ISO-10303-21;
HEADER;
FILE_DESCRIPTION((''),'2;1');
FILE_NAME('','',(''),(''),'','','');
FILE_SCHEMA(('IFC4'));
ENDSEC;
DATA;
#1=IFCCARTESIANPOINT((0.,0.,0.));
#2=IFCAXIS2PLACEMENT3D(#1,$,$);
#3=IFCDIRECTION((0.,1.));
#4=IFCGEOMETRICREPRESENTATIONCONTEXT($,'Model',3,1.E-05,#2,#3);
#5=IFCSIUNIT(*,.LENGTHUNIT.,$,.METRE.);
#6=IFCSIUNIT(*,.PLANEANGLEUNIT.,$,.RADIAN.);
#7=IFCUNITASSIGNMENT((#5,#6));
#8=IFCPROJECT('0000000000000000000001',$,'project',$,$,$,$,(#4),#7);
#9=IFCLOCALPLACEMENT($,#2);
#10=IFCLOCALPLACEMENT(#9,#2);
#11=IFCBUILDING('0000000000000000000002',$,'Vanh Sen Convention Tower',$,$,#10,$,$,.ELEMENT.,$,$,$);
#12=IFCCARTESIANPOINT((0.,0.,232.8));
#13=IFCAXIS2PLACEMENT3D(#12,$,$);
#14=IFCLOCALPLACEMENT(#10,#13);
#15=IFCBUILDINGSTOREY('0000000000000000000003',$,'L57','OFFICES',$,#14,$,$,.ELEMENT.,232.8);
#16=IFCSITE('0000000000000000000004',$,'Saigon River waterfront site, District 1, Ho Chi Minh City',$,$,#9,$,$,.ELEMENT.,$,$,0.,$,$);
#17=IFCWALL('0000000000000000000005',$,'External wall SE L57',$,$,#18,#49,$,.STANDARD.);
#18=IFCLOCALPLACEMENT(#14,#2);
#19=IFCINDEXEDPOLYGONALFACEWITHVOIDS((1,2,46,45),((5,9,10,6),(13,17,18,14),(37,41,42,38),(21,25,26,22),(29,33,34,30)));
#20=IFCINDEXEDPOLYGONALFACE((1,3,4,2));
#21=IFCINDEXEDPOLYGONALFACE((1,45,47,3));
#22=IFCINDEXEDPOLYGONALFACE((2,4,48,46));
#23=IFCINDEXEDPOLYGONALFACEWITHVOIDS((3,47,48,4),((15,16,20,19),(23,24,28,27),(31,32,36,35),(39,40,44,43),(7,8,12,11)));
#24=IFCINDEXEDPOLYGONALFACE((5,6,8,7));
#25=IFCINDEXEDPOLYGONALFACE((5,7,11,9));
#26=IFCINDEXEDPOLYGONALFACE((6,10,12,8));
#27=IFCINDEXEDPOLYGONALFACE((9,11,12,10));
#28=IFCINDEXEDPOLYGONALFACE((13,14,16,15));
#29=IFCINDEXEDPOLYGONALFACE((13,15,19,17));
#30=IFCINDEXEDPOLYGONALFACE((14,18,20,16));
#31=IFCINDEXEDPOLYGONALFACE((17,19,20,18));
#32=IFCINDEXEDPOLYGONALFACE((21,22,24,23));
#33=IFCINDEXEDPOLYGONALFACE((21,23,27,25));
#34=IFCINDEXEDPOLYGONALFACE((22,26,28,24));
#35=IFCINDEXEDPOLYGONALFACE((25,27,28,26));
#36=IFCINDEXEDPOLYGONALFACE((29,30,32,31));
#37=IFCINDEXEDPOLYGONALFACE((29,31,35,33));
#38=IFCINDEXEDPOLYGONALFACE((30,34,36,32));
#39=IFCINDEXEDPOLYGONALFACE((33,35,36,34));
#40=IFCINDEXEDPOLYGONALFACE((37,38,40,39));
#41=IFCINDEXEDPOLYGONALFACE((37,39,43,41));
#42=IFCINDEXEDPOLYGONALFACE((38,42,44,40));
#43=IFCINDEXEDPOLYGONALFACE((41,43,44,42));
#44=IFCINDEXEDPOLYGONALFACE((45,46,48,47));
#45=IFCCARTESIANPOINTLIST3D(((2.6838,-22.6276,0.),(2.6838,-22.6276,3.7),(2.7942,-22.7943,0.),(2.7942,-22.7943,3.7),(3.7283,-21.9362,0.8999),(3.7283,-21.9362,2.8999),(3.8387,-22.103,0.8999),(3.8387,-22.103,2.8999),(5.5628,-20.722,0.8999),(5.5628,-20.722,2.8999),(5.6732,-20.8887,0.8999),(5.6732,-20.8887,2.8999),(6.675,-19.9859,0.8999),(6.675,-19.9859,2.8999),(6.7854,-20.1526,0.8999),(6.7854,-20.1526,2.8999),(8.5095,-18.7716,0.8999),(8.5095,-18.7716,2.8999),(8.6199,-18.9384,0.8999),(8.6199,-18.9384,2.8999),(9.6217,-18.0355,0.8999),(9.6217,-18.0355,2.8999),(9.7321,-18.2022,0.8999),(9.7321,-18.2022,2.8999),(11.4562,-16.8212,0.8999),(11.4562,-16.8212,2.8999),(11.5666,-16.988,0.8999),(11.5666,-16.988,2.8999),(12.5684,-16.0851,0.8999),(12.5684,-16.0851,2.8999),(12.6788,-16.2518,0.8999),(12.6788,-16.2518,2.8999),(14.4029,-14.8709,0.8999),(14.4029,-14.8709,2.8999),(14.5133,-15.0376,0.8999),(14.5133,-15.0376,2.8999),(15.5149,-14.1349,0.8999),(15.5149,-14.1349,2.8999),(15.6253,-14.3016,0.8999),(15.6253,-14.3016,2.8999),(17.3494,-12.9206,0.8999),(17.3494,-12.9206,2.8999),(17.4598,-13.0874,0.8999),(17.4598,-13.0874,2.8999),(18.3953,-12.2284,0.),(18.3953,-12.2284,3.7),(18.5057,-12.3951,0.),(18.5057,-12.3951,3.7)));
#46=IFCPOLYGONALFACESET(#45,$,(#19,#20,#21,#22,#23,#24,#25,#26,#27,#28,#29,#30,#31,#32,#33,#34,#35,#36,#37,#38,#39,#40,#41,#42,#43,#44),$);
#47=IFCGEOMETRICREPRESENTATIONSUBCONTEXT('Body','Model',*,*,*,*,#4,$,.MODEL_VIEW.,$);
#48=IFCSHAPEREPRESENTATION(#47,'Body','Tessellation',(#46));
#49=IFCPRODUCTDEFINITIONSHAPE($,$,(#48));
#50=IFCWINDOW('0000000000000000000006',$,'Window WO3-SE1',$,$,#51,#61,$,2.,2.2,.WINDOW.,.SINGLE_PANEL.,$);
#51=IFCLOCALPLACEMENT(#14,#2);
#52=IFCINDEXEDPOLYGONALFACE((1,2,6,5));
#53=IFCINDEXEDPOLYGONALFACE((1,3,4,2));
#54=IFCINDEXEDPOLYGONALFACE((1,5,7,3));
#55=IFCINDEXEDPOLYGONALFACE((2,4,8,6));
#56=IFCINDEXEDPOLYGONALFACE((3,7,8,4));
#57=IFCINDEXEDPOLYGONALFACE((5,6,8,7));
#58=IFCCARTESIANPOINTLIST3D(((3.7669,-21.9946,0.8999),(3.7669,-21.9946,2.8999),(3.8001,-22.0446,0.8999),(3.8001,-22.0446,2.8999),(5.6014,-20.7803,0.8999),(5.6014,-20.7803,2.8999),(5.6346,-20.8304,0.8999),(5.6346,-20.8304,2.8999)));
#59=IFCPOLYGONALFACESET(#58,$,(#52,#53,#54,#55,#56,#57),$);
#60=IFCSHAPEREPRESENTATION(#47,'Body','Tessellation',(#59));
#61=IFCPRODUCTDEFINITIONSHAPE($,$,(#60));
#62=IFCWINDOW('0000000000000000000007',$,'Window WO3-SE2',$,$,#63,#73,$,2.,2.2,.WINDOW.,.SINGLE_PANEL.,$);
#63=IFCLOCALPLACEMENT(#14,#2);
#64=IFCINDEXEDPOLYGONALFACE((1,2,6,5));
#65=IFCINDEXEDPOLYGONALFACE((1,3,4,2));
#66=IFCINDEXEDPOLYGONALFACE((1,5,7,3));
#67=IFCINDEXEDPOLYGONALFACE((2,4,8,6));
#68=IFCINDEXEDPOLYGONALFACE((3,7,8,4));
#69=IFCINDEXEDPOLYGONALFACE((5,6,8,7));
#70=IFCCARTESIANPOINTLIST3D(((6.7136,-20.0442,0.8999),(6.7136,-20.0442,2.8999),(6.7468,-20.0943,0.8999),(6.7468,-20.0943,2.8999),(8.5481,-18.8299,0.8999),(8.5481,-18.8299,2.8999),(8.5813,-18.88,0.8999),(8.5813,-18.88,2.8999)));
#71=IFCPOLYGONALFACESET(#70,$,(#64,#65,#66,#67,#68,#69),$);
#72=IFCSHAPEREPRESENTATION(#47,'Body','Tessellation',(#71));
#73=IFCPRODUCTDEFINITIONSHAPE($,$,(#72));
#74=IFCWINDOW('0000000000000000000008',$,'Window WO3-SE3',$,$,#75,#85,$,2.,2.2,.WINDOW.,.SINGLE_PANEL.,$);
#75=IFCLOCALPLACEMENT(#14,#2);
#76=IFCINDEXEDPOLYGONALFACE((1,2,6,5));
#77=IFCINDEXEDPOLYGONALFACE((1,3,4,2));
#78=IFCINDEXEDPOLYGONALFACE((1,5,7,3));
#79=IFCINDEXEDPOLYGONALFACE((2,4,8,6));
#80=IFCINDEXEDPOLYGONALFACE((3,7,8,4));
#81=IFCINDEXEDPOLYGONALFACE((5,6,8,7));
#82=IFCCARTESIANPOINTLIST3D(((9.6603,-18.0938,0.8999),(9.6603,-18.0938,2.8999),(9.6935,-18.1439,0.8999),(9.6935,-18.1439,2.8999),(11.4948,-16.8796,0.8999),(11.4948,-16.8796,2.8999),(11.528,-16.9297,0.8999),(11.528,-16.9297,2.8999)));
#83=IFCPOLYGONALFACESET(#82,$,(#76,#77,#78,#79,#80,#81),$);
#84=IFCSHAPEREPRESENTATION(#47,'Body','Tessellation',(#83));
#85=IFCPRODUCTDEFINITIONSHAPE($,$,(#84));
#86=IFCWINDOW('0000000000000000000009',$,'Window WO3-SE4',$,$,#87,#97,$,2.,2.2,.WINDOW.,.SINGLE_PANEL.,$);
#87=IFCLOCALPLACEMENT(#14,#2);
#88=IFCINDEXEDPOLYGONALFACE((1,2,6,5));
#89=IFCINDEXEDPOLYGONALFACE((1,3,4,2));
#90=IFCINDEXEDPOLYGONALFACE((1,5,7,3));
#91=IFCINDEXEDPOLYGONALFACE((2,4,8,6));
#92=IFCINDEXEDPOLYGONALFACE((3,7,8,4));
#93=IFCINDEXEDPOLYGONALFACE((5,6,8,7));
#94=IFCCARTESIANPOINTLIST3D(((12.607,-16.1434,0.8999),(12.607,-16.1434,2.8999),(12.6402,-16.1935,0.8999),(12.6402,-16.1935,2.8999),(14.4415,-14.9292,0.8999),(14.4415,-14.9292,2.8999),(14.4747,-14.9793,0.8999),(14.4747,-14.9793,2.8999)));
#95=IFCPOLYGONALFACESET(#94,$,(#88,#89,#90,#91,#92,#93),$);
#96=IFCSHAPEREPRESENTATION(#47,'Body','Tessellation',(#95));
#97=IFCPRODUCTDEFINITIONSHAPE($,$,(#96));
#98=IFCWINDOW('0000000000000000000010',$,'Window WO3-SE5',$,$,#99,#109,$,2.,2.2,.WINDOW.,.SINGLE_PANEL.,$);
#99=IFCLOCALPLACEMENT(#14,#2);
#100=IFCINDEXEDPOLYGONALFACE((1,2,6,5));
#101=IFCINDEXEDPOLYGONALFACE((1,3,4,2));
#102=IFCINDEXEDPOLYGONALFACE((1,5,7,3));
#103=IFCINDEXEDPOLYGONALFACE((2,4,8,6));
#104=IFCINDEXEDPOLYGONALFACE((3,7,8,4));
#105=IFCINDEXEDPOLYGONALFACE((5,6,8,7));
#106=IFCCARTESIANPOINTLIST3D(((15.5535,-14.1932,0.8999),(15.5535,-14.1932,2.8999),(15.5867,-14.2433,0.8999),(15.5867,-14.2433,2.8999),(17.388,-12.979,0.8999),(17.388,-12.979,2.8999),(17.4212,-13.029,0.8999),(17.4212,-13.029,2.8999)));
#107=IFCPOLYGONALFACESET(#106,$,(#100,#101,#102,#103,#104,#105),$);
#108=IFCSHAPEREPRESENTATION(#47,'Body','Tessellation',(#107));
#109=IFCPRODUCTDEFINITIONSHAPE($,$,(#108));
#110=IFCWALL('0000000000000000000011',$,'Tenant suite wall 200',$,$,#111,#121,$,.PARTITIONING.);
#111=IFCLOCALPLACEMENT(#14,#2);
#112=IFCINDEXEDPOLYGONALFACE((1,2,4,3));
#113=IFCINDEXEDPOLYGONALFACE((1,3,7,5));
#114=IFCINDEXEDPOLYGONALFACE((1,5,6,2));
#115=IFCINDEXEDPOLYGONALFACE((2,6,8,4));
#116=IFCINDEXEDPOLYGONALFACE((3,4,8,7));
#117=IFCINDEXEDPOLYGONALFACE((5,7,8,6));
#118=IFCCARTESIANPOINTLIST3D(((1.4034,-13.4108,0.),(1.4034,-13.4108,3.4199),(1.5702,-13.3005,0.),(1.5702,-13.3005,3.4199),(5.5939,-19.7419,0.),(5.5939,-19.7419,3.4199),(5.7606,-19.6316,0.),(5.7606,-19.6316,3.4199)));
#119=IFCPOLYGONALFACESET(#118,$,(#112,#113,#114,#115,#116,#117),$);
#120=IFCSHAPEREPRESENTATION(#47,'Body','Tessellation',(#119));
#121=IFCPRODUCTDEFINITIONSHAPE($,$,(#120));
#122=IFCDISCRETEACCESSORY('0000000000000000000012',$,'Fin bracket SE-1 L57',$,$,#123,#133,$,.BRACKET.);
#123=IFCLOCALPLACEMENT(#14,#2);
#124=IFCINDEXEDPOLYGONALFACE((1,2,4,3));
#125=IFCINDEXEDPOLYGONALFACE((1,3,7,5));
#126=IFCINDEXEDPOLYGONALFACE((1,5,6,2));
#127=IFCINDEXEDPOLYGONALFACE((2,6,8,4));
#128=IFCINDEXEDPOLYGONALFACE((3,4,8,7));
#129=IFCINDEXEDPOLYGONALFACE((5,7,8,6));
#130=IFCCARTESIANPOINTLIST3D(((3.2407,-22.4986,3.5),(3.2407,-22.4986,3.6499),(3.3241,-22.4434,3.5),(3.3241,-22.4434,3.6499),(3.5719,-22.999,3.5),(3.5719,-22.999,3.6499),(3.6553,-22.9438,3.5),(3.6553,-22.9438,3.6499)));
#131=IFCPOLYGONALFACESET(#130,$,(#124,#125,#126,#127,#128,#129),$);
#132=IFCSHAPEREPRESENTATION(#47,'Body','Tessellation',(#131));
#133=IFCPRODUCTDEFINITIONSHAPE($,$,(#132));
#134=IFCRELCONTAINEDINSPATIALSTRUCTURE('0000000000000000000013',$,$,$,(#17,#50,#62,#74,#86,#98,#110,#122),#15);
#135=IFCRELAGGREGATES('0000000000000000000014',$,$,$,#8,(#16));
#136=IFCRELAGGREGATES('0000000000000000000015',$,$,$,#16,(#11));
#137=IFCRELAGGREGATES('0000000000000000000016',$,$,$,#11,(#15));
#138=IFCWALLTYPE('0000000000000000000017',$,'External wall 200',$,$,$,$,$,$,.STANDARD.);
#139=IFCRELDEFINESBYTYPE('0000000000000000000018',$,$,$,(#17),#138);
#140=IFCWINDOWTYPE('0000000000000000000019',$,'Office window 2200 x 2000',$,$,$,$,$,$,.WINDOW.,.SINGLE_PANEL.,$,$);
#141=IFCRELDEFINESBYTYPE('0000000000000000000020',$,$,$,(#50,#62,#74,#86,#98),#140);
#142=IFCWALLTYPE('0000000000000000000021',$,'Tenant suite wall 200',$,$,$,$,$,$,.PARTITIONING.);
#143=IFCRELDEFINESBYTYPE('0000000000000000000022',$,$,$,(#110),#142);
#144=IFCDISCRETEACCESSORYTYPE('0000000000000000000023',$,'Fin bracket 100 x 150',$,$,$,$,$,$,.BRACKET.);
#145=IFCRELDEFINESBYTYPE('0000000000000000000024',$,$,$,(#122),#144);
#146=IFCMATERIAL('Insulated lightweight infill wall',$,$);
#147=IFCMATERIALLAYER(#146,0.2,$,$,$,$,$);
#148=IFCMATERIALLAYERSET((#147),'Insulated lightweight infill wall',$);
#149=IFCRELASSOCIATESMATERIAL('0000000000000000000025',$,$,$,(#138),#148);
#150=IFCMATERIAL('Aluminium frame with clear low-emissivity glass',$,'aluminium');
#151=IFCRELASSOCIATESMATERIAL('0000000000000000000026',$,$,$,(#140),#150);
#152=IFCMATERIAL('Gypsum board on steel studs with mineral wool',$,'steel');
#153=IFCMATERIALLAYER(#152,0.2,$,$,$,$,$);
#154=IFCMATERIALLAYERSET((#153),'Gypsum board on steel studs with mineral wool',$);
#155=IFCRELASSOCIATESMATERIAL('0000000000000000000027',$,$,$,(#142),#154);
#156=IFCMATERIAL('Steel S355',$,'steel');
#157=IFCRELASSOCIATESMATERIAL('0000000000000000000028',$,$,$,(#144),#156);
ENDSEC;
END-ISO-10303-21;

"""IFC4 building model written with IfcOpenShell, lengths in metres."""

from ifc_helpers import new_model, si_unit, direction, frame, frame_2d, origin, origin_2d, place, context, subcontext, project, spatial, rectangle, extrude, material, layer, layer_set, type_object, element, fill, save


model = new_model("IFC4")

# Units and contexts
model_context = context("Model", 3, precision=1e-05, world=origin(), true_north=direction((0.0, 1.0)))
body_context = subcontext(model_context, "Body", "Model", "MODEL_VIEW")
ifc_project = project(units=[si_unit("LENGTHUNIT", "METRE"), si_unit("PLANEANGLEUNIT", "RADIAN")], contexts=[model_context])

# Site, building, storey
site_placement = place(None, origin())
site = spatial("IfcSite", under=ifc_project, at=site_placement, Name="Saigon River waterfront site, District 1, Ho Chi Minh City", CompositionType="ELEMENT", RefElevation=0.0)
building_placement = place(site_placement, origin())
building = spatial("IfcBuilding", under=site, at=building_placement, Name="Vanh Sen Convention Tower", CompositionType="ELEMENT")
storey_placement = place(building_placement, frame((0.0, 0.0, 232.8)))
storey = spatial("IfcBuildingStorey", under=building, at=storey_placement, Name="L57", Description="OFFICES", CompositionType="ELEMENT", Elevation=232.8)

# Shared definitions
ifc_material_1 = material(Name="Gypsum board on steel studs with mineral wool", Category="steel")

# Wall, openings, windows
ifc_material_2 = material(Name="Insulated lightweight infill wall")
ifc_layer_1 = layer(ifc_material_2, 0.2)
ifc_layer_set_1 = layer_set([ifc_layer_1], Name="Insulated lightweight infill wall")
wall_type_1 = type_object("IfcWallType", Name="External wall 200", PredefinedType="STANDARD", material=ifc_layer_set_1)
wall_1_placement = place(storey_placement, frame((2.739, -22.7109, 0.0), z_axis=(0.0, 0.0, 1.0), x_axis=(0.833886, 0.551937, 0.0)))
wall_1 = element("IfcWall", 1, at=wall_1_placement, inside=storey, type_object=wall_type_1, Name="External wall SE L57", PredefinedType="STANDARD", context=body_context, shape_type="SweptSolid", body=[
    extrude(rectangle(XDim=18.8413, YDim=0.2, at=frame_2d((9.4207, 0.0))), origin(), (0.0, 0.0, 1.0), 3.7),
])
opening_1_placement = place(wall_1_placement, frame((1.2524, 0.0, 0.8999)))
opening_1 = element("IfcOpeningElement", 2, at=opening_1_placement, cuts=wall_1, PredefinedType="OPENING", context=body_context, shape_type="SweptSolid", body=[
    extrude(rectangle(XDim=2.2, YDim=2.0, at=frame_2d((1.1001, 1.0))), frame((0.0, 0.1099, 0.0), z_axis=(0.0, -1.0, 0.0), x_axis=(1.0, 0.0, 0.0)), (0.0, 0.0, 1.0), 0.22),
])
opening_2_placement = place(wall_1_placement, frame((4.7861, 0.0, 0.8999)))
opening_2 = element("IfcOpeningElement", 3, at=opening_2_placement, cuts=wall_1, PredefinedType="OPENING", context=body_context, shape_type="SweptSolid", body=[
    extrude(rectangle(XDim=2.2, YDim=2.0, at=frame_2d((1.1001, 1.0))), frame((0.0, 0.1099, 0.0), z_axis=(0.0, -1.0, 0.0), x_axis=(1.0, 0.0, 0.0)), (0.0, 0.0, 1.0), 0.22),
])
opening_3_placement = place(wall_1_placement, frame((8.3198, 0.0, 0.8999)))
opening_3 = element("IfcOpeningElement", 4, at=opening_3_placement, cuts=wall_1, PredefinedType="OPENING", context=body_context, shape_type="SweptSolid", body=[
    extrude(rectangle(XDim=2.2, YDim=2.0, at=frame_2d((1.1001, 1.0))), frame((0.0, 0.1099, 0.0), z_axis=(0.0, -1.0, 0.0), x_axis=(1.0, 0.0, 0.0)), (0.0, 0.0, 1.0), 0.22),
])
opening_4_placement = place(wall_1_placement, frame((11.8535, 0.0, 0.8999)))
opening_4 = element("IfcOpeningElement", 5, at=opening_4_placement, cuts=wall_1, PredefinedType="OPENING", context=body_context, shape_type="SweptSolid", body=[
    extrude(rectangle(XDim=2.2, YDim=2.0, at=frame_2d((1.1001, 1.0))), frame((0.0, 0.1099, 0.0), z_axis=(0.0, -1.0, 0.0), x_axis=(1.0, 0.0, 0.0)), (0.0, 0.0, 1.0), 0.22),
])
opening_5_placement = place(wall_1_placement, frame((15.387, 0.0, 0.8999)))
opening_5 = element("IfcOpeningElement", 6, at=opening_5_placement, cuts=wall_1, PredefinedType="OPENING", context=body_context, shape_type="SweptSolid", body=[
    extrude(rectangle(XDim=2.2, YDim=2.0, at=frame_2d((1.1001, 1.0))), frame((0.0, 0.1099, 0.0), z_axis=(0.0, -1.0, 0.0), x_axis=(1.0, 0.0, 0.0)), (0.0, 0.0, 1.0), 0.22),
])
ifc_material_3 = material(Name="Aluminium frame with clear low-emissivity glass", Category="aluminium")
window_type = type_object("IfcWindowType", Name="Office window 2200 x 2000", PartitioningType="SINGLE_PANEL", PredefinedType="WINDOW", material=ifc_material_3)
window_1_placement = place(opening_1_placement, origin())
window_1 = element("IfcWindow", 7, at=window_1_placement, inside=storey, type_object=window_type, Name="Window WO3-SE1", OverallHeight=2.0, OverallWidth=2.2, PartitioningType="SINGLE_PANEL", PredefinedType="WINDOW", context=body_context, shape_type="SweptSolid", body=[
    extrude(rectangle(XDim=2.2, YDim=2.0, at=frame_2d((1.1001, 1.0))), frame((0.0, 0.03, 0.0), z_axis=(0.0, -1.0, 0.0), x_axis=(1.0, 0.0, 0.0)), (0.0, 0.0, 1.0), 0.0601),
])
fill(opening_1, window_1)
window_2_placement = place(opening_2_placement, origin())
window_2 = element("IfcWindow", 8, at=window_2_placement, inside=storey, type_object=window_type, Name="Window WO3-SE2", OverallHeight=2.0, OverallWidth=2.2, PartitioningType="SINGLE_PANEL", PredefinedType="WINDOW", context=body_context, shape_type="SweptSolid", body=[
    extrude(rectangle(XDim=2.2, YDim=2.0, at=frame_2d((1.1001, 1.0))), frame((0.0, 0.03, 0.0), z_axis=(0.0, -1.0, 0.0), x_axis=(1.0, 0.0, 0.0)), (0.0, 0.0, 1.0), 0.0601),
])
fill(opening_2, window_2)
window_3_placement = place(opening_3_placement, origin())
window_3 = element("IfcWindow", 9, at=window_3_placement, inside=storey, type_object=window_type, Name="Window WO3-SE3", OverallHeight=2.0, OverallWidth=2.2, PartitioningType="SINGLE_PANEL", PredefinedType="WINDOW", context=body_context, shape_type="SweptSolid", body=[
    extrude(rectangle(XDim=2.2, YDim=2.0, at=frame_2d((1.1001, 1.0))), frame((0.0, 0.03, 0.0), z_axis=(0.0, -1.0, 0.0), x_axis=(1.0, 0.0, 0.0)), (0.0, 0.0, 1.0), 0.0601),
])
fill(opening_3, window_3)
window_4_placement = place(opening_4_placement, origin())
window_4 = element("IfcWindow", 10, at=window_4_placement, inside=storey, type_object=window_type, Name="Window WO3-SE4", OverallHeight=2.0, OverallWidth=2.2, PartitioningType="SINGLE_PANEL", PredefinedType="WINDOW", context=body_context, shape_type="SweptSolid", body=[
    extrude(rectangle(XDim=2.2, YDim=2.0, at=frame_2d((1.1001, 1.0))), frame((0.0, 0.03, 0.0), z_axis=(0.0, -1.0, 0.0), x_axis=(1.0, 0.0, 0.0)), (0.0, 0.0, 1.0), 0.0601),
])
fill(opening_4, window_4)
window_5_placement = place(opening_5_placement, origin())
window_5 = element("IfcWindow", 11, at=window_5_placement, inside=storey, type_object=window_type, Name="Window WO3-SE5", OverallHeight=2.0, OverallWidth=2.2, PartitioningType="SINGLE_PANEL", PredefinedType="WINDOW", context=body_context, shape_type="SweptSolid", body=[
    extrude(rectangle(XDim=2.2, YDim=2.0, at=frame_2d((1.1001, 1.0))), frame((0.0, 0.03, 0.0), z_axis=(0.0, -1.0, 0.0), x_axis=(1.0, 0.0, 0.0)), (0.0, 0.0, 1.0), 0.0601),
])
fill(opening_5, window_5)

# Wall
ifc_layer_2 = layer(ifc_material_1, 0.2)
ifc_layer_set_2 = layer_set([ifc_layer_2], Name="Gypsum board on steel studs with mineral wool")
wall_type_2 = type_object("IfcWallType", Name="Tenant suite wall 200", PredefinedType="PARTITIONING", material=ifc_layer_set_2)
wall_2_placement = place(storey_placement, frame((5.6772, -19.6868, 0.0), z_axis=(0.0, 0.0, 1.0), x_axis=(-0.551937, 0.833886, 0.0)))
element("IfcWall", 12, at=wall_2_placement, inside=storey, type_object=wall_type_2, Name="Tenant suite wall 200", PredefinedType="PARTITIONING", context=body_context, shape_type="SweptSolid", body=[
    extrude(rectangle(XDim=7.5923, YDim=0.2, at=frame_2d((3.7961, 0.0))), origin(), (0.0, 0.0, 1.0), 3.4199),
])

# Discrete accessory
ifc_material_4 = material(Name="Steel S355", Category="steel")
discrete_accessory_type = type_object("IfcDiscreteAccessoryType", Name="Fin bracket 100 x 150", PredefinedType="BRACKET", material=ifc_material_4)
discrete_accessory_placement = place(storey_placement, frame((3.448, -22.7212, 3.5), z_axis=(0.0, 0.0, 1.0), x_axis=(0.551937, -0.833886, 0.0)))
element("IfcDiscreteAccessory", 13, at=discrete_accessory_placement, inside=storey, type_object=discrete_accessory_type, Name="Fin bracket SE-1 L57", PredefinedType="BRACKET", context=body_context, shape_type="SweptSolid", body=[
    extrude(rectangle(XDim=0.6001, YDim=0.1001, at=origin_2d()), origin(), (0.0, 0.0, 1.0), 0.1499),
])

save(model, "model.ifc")
